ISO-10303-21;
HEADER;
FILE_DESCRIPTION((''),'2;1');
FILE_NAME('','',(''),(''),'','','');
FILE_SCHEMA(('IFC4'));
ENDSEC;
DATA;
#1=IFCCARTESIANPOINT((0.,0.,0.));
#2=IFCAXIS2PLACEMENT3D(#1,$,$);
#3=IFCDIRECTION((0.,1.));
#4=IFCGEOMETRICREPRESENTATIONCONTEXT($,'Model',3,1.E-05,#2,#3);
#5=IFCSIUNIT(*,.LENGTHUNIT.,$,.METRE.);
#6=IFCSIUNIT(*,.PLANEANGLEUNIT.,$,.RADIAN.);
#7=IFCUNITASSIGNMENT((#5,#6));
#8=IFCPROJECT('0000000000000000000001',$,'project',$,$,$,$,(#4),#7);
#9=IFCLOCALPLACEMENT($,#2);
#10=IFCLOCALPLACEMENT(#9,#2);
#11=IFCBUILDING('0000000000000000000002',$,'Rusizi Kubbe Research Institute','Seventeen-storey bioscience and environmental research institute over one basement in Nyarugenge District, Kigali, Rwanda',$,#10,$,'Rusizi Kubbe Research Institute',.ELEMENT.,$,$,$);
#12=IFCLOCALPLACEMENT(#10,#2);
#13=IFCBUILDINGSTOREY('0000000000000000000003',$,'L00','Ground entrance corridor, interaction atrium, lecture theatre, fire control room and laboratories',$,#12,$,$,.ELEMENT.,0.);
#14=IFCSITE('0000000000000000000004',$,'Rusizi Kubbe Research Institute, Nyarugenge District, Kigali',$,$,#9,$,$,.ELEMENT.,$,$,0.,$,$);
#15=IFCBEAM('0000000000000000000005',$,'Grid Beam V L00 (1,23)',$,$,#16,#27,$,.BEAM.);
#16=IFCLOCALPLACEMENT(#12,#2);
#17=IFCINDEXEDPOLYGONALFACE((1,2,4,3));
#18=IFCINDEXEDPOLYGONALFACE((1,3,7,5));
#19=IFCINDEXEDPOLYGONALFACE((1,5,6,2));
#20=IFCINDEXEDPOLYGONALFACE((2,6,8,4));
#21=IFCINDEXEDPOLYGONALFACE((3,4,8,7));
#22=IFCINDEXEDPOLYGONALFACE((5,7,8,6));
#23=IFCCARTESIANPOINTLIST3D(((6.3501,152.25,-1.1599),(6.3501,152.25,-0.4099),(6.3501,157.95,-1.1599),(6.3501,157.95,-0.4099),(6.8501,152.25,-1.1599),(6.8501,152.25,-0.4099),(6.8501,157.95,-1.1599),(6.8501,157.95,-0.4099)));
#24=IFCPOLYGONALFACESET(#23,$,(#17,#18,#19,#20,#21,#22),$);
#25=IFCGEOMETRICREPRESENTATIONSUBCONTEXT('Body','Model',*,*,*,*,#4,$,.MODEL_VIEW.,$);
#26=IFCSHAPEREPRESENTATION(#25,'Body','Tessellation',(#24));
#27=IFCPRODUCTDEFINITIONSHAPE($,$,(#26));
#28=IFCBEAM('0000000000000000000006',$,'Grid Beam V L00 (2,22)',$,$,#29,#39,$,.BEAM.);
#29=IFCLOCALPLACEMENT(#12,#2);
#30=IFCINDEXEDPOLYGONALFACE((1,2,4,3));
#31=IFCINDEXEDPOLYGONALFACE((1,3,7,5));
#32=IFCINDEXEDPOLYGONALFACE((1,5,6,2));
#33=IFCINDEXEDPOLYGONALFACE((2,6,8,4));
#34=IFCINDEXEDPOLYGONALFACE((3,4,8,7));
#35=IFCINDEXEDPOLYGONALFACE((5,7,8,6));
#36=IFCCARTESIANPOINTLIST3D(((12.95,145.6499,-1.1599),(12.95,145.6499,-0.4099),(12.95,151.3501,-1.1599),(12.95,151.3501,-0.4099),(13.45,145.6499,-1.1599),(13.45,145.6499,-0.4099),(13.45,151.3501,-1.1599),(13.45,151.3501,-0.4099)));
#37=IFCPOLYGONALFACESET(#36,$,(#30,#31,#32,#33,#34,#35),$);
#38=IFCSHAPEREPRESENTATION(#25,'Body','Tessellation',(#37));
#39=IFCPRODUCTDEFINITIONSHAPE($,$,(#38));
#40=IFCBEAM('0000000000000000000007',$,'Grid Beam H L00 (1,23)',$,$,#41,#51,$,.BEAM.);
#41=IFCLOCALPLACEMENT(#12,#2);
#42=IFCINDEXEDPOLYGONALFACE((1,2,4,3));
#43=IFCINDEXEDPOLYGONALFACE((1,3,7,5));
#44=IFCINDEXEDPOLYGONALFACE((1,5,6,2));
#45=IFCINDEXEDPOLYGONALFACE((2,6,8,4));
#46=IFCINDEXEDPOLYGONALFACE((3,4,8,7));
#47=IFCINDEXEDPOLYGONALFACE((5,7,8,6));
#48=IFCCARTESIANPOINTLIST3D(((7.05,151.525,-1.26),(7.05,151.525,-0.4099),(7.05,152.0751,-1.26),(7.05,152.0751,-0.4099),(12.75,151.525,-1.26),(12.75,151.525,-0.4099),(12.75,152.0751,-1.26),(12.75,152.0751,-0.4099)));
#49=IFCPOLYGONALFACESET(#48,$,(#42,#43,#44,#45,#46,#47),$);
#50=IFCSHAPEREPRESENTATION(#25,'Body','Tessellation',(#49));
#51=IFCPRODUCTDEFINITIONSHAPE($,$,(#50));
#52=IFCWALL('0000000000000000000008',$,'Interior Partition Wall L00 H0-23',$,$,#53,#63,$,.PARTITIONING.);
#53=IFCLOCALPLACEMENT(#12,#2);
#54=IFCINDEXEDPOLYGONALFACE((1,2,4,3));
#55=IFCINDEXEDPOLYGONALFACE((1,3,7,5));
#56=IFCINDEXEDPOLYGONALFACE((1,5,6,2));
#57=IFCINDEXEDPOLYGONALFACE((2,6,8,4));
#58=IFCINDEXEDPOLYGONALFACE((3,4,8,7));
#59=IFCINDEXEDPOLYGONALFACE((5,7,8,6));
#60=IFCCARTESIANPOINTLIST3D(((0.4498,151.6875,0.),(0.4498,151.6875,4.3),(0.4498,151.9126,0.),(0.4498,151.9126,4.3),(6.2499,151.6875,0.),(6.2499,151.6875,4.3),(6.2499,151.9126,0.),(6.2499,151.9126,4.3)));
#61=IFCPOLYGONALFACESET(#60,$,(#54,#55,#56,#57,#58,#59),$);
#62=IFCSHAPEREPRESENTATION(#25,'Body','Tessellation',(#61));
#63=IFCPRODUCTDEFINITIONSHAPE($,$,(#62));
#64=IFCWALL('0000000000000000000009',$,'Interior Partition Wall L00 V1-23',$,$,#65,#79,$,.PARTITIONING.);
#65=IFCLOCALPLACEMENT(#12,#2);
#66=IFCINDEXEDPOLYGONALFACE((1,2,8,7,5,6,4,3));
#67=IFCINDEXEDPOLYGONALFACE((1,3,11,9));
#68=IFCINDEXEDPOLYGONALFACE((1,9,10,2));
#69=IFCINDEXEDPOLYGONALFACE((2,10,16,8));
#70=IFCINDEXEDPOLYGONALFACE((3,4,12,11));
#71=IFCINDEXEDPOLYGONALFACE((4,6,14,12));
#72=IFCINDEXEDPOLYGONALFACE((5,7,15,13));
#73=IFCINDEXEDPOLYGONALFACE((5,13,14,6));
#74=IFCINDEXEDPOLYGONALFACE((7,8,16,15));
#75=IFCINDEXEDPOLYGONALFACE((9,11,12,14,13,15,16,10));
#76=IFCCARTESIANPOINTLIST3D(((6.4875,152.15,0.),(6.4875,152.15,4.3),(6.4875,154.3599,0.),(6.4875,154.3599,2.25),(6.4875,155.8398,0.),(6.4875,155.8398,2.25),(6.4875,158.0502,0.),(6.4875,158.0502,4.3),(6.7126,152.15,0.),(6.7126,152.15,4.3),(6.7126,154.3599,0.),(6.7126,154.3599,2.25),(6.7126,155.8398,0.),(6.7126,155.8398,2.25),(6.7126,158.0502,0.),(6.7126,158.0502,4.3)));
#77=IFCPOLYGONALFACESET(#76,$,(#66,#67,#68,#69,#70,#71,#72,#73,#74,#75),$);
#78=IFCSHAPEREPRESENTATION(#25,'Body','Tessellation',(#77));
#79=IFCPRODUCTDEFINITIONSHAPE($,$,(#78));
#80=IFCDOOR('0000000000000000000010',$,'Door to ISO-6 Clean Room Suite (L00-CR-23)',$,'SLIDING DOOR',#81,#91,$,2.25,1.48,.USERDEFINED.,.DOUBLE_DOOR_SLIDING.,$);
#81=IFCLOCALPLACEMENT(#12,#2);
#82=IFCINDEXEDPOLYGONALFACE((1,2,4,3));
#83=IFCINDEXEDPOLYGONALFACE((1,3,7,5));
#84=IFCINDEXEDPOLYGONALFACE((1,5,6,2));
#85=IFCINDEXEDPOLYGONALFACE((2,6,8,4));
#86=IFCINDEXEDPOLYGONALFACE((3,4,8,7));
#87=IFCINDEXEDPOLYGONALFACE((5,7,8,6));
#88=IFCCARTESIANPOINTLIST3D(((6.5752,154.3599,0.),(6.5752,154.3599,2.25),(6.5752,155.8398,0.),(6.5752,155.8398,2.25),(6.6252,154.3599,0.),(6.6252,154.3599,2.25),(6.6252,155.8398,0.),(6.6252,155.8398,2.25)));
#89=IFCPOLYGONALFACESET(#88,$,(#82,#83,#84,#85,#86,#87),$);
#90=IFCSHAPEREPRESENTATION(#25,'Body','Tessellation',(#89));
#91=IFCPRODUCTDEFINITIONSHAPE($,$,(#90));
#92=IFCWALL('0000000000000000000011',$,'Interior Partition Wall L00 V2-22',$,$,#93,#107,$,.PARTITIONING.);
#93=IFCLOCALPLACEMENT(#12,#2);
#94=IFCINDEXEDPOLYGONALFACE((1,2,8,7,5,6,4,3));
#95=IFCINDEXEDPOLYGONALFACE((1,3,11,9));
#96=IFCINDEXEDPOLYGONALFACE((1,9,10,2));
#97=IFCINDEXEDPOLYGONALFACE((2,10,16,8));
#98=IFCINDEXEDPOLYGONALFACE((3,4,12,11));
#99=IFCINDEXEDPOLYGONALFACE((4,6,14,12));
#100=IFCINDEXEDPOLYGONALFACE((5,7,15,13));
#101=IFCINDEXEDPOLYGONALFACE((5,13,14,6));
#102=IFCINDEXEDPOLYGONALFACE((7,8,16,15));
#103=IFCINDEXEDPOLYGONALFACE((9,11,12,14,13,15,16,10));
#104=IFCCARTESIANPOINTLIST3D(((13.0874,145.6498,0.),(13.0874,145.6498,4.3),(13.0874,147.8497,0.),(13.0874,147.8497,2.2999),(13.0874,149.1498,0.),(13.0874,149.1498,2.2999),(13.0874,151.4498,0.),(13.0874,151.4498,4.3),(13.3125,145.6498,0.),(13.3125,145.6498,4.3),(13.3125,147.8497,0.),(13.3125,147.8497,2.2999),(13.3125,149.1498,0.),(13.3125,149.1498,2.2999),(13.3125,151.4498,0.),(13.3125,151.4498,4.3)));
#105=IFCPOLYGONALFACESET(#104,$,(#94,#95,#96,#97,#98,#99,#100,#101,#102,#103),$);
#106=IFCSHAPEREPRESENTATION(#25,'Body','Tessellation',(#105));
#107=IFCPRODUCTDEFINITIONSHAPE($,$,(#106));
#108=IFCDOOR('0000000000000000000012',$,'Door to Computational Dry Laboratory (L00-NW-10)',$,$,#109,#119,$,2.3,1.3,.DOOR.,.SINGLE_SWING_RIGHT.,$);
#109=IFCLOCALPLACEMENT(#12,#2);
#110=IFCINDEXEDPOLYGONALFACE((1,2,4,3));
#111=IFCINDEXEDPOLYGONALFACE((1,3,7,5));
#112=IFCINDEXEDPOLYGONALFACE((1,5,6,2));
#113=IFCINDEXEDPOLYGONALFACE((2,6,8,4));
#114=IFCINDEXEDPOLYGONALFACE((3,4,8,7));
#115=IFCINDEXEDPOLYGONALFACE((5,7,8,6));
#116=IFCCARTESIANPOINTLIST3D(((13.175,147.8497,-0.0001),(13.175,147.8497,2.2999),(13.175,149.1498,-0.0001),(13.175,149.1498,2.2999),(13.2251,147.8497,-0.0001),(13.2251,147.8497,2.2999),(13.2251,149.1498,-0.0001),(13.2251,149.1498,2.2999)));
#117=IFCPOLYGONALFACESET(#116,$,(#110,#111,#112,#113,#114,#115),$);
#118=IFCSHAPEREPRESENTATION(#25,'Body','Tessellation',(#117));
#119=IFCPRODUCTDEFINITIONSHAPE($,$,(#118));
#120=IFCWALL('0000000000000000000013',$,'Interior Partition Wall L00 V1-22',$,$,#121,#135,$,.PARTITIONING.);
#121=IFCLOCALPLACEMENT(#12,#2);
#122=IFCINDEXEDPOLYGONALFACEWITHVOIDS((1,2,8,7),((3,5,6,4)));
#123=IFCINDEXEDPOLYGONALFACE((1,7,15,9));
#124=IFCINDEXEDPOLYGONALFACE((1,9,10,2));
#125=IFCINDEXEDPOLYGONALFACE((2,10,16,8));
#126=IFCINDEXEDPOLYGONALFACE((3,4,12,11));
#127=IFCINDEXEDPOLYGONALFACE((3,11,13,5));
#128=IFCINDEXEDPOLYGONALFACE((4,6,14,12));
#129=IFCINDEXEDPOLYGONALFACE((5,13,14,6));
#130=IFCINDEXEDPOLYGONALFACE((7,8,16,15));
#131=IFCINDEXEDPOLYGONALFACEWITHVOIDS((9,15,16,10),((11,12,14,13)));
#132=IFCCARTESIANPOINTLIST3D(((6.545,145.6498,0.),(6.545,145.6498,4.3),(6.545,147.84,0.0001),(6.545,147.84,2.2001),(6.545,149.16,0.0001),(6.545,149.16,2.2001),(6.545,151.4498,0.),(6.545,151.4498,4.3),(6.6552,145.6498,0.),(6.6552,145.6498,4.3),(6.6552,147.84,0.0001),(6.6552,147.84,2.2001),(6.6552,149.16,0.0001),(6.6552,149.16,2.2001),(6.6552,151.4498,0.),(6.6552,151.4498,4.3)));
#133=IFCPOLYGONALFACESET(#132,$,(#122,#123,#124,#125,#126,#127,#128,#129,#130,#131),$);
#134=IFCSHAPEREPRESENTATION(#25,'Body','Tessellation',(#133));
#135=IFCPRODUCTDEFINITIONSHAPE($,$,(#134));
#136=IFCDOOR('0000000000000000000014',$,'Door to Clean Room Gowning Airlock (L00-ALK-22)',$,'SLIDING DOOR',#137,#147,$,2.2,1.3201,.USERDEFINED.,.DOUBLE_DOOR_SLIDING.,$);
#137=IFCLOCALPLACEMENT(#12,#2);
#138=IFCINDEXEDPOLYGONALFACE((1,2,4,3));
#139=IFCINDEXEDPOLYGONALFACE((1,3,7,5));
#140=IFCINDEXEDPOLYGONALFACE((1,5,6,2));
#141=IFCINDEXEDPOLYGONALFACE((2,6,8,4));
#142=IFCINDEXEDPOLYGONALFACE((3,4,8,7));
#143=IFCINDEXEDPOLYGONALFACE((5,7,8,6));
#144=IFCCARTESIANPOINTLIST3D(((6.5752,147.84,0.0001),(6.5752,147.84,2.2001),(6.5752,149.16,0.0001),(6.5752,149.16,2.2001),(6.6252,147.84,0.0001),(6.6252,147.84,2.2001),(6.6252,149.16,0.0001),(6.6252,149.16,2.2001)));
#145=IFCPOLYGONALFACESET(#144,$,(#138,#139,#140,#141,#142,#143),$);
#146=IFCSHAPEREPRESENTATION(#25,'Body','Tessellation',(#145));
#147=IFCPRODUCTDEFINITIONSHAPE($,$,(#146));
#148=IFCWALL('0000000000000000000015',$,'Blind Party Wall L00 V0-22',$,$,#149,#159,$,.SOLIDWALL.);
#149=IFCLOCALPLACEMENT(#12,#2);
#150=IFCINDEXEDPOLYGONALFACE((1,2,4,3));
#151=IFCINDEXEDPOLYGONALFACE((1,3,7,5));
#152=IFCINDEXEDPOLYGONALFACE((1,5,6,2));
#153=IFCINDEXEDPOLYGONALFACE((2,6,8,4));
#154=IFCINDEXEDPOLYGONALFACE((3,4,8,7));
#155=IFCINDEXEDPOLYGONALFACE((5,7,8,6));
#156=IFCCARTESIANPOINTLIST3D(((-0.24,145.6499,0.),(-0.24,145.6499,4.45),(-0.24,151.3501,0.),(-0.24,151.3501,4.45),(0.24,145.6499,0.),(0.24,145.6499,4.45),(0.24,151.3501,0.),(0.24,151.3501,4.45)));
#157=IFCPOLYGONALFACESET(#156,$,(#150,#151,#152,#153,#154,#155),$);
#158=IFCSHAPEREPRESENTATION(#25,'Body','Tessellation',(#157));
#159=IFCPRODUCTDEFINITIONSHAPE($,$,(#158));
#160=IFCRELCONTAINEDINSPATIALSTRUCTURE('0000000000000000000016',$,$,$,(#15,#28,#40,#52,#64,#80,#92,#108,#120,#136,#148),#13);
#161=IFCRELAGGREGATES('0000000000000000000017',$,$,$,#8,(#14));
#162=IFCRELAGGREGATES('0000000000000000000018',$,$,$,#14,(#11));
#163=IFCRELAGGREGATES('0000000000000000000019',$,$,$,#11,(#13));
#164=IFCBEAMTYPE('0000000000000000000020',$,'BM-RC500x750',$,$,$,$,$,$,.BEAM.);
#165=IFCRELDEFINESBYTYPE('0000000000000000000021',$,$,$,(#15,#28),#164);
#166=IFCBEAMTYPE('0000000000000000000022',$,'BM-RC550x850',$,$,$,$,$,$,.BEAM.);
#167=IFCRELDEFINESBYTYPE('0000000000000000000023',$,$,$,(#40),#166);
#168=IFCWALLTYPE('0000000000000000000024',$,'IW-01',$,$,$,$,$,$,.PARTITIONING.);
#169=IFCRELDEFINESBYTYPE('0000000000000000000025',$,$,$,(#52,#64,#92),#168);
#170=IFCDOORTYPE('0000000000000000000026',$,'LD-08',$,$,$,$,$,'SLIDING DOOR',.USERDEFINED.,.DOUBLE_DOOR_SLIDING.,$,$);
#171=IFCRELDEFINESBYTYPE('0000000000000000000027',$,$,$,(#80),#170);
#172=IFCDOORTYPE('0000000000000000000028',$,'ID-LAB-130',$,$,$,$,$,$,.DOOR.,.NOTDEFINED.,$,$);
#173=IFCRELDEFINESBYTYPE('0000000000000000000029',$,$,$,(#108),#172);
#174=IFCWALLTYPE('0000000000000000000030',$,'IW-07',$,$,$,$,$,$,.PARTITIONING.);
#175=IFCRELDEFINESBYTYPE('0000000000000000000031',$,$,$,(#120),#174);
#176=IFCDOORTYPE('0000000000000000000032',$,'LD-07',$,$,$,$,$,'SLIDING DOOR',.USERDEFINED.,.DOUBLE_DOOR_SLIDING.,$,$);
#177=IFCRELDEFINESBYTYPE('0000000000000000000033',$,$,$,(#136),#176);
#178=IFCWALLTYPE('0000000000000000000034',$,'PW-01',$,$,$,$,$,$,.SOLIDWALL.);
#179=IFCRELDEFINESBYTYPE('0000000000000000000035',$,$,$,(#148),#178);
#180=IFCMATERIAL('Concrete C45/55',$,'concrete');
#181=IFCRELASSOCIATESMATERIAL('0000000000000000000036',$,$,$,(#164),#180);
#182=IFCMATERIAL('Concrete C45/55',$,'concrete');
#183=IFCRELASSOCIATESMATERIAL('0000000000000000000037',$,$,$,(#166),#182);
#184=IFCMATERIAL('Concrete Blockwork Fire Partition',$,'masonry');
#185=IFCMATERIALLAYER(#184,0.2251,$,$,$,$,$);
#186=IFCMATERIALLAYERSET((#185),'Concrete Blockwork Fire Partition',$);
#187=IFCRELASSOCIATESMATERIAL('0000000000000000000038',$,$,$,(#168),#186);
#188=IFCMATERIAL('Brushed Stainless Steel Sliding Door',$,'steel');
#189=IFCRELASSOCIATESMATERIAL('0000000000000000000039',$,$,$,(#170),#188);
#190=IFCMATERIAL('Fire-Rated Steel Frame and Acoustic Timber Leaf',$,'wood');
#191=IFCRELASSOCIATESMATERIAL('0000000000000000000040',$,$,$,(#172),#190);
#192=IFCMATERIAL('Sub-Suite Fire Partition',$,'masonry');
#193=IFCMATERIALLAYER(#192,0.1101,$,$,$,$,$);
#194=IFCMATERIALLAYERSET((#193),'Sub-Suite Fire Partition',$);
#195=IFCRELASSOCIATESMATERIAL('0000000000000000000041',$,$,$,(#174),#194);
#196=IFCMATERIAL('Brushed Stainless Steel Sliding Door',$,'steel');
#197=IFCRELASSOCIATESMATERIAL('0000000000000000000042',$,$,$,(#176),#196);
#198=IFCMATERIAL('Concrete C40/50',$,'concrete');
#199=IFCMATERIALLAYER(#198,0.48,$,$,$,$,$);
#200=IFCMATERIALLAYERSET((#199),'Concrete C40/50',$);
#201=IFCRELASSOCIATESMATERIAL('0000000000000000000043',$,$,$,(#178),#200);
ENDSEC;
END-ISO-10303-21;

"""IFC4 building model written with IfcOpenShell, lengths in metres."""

from ifc_helpers import new_model, si_unit, direction, frame, frame_2d, origin, origin_2d, place, context, subcontext, project, spatial, rectangle, extrude, material, layer, layer_set, material_profile, profile_set, type_object, element, fill, save


model = new_model("IFC4")

# Units and contexts
model_context = context("Model", 3, precision=1e-05, world=origin(), true_north=direction((0.0, 1.0)))
body_context = subcontext(model_context, "Body", "Model", "MODEL_VIEW")
ifc_project = project(units=[si_unit("LENGTHUNIT", "METRE"), si_unit("PLANEANGLEUNIT", "RADIAN")], contexts=[model_context])

# Site, building, storey
site_placement = place(None, origin())
site = spatial("IfcSite", under=ifc_project, at=site_placement, Name="Rusizi Kubbe Research Institute, Nyarugenge District, Kigali", CompositionType="ELEMENT", RefElevation=0.0)
building_placement = place(site_placement, origin())
building = spatial("IfcBuilding", under=site, at=building_placement, Name="Rusizi Kubbe Research Institute", Description="Seventeen-storey bioscience and environmental research institute over one basement in Nyarugenge District, Kigali, Rwanda", LongName="Rusizi Kubbe Research Institute", CompositionType="ELEMENT")
storey_placement = place(building_placement, origin())
storey = spatial("IfcBuildingStorey", under=building, at=storey_placement, Name="L00", Description="Ground entrance corridor, interaction atrium, lecture theatre, fire control room and laboratories", CompositionType="ELEMENT", Elevation=0.0)

# Beams
ifc_material_1 = material(Name="Concrete C45/55", Category="concrete")
ifc_material_profile_1 = material_profile(ifc_material_1, rectangle(XDim=0.5, YDim=0.75, at=origin_2d()), Name="RC500x750B")
ifc_profile_set_1 = profile_set([ifc_material_profile_1], Name="Concrete C45/55")
beam_type_1 = type_object("IfcBeamType", Name="BM-RC500x750", PredefinedType="BEAM", material=ifc_profile_set_1)
beam_1_placement = place(storey_placement, frame((6.6001, 152.25, -0.7849), z_axis=(0.0, 1.0, 0.0), x_axis=(-1.0, 0.0, 0.0)))
element("IfcBeam", 1, at=beam_1_placement, inside=storey, type_object=beam_type_1, Name="Grid Beam V L00 (1,23)", PredefinedType="BEAM", context=body_context, shape_type="SweptSolid", body=[
    extrude(rectangle(XDim=0.5, YDim=0.75, at=origin_2d()), origin(), (0.0, 0.0, 1.0), 5.7),
])
beam_2_placement = place(storey_placement, frame((13.2, 145.6499, -0.7849), z_axis=(0.0, 1.0, 0.0), x_axis=(-1.0, 0.0, 0.0)))
element("IfcBeam", 2, at=beam_2_placement, inside=storey, type_object=beam_type_1, Name="Grid Beam V L00 (2,22)", PredefinedType="BEAM", context=body_context, shape_type="SweptSolid", body=[
    extrude(rectangle(XDim=0.5, YDim=0.75, at=origin_2d()), origin(), (0.0, 0.0, 1.0), 5.7002),
])
ifc_material_2 = material(Name="Concrete C45/55", Category="concrete")
ifc_material_profile_2 = material_profile(ifc_material_2, rectangle(XDim=0.55, YDim=0.8501, at=origin_2d()), Name="RC550x850")
ifc_profile_set_2 = profile_set([ifc_material_profile_2], Name="Concrete C45/55")
beam_type_2 = type_object("IfcBeamType", Name="BM-RC550x850", PredefinedType="BEAM", material=ifc_profile_set_2)
beam_3_placement = place(storey_placement, frame((7.05, 151.8, -0.835), z_axis=(1.0, 0.0, 0.0), x_axis=(0.0, 1.0, 0.0)))
element("IfcBeam", 3, at=beam_3_placement, inside=storey, type_object=beam_type_2, Name="Grid Beam H L00 (1,23)", PredefinedType="BEAM", context=body_context, shape_type="SweptSolid", body=[
    extrude(rectangle(XDim=0.55, YDim=0.8501, at=origin_2d()), origin(), (0.0, 0.0, 1.0), 5.7),
])

# Wall
ifc_material_3 = material(Name="Concrete Blockwork Fire Partition", Category="masonry")
ifc_layer_1 = layer(ifc_material_3, 0.2251)
ifc_layer_set_1 = layer_set([ifc_layer_1], Name="Concrete Blockwork Fire Partition")
wall_type_1 = type_object("IfcWallType", Name="IW-01", PredefinedType="PARTITIONING", material=ifc_layer_set_1)
wall_1_placement = place(storey_placement, frame((0.45, 151.8, 0.0), z_axis=(0.0, 0.0, 1.0), x_axis=(1.0, 0.0, 0.0)))
element("IfcWall", 4, at=wall_1_placement, inside=storey, type_object=wall_type_1, Name="Interior Partition Wall L00 H0-23", PredefinedType="PARTITIONING", context=body_context, shape_type="SweptSolid", body=[
    extrude(rectangle(XDim=5.8, YDim=0.2251, at=frame_2d((2.8999, 0.0))), origin(), (0.0, 0.0, 1.0), 4.3),
])

# Walls, openings, doors
wall_2_placement = place(storey_placement, frame((6.6001, 152.1499, 0.0), z_axis=(0.0, 0.0, 1.0), x_axis=(0.0, 1.0, 0.0)))
wall_2 = element("IfcWall", 5, at=wall_2_placement, inside=storey, type_object=wall_type_1, Name="Interior Partition Wall L00 V1-23", PredefinedType="PARTITIONING", context=body_context, shape_type="SweptSolid", body=[
    extrude(rectangle(XDim=5.9001, YDim=0.2251, at=frame_2d((2.9502, 0.0))), origin(), (0.0, 0.0, 1.0), 4.3),
])
opening_1_placement = place(wall_2_placement, frame((2.21, 0.0, 0.0)))
opening_1 = element("IfcOpeningElement", 6, at=opening_1_placement, cuts=wall_2, PredefinedType="OPENING", context=body_context, shape_type="SweptSolid", body=[
    extrude(rectangle(XDim=1.48, YDim=2.25, at=frame_2d((0.74, 1.125))), frame((0.0, 0.1226, 0.0), z_axis=(0.0, -1.0, 0.0), x_axis=(1.0, 0.0, 0.0)), (0.0, 0.0, 1.0), 0.2451),
])
ifc_material_4 = material(Name="Brushed Stainless Steel Sliding Door", Category="steel")
door_type_1 = type_object("IfcDoorType", Name="LD-08", ElementType="SLIDING DOOR", OperationType="DOUBLE_DOOR_SLIDING", PredefinedType="USERDEFINED", material=ifc_material_4)
door_1_placement = place(opening_1_placement, origin())
door_1 = element("IfcDoor", 7, at=door_1_placement, inside=storey, type_object=door_type_1, Name="Door to ISO-6 Clean Room Suite (L00-CR-23)", ObjectType="SLIDING DOOR", OperationType="DOUBLE_DOOR_SLIDING", OverallHeight=2.25, OverallWidth=1.48, PredefinedType="USERDEFINED", context=body_context, shape_type="SweptSolid", body=[
    extrude(rectangle(XDim=1.48, YDim=2.25, at=frame_2d((0.74, 1.125))), frame((0.0, 0.0249, 0.0), z_axis=(0.0, -1.0, 0.0), x_axis=(1.0, 0.0, 0.0)), (0.0, 0.0, 1.0), 0.05),
])
fill(opening_1, door_1)
wall_3_placement = place(storey_placement, frame((13.2, 145.6499, 0.0), z_axis=(0.0, 0.0, 1.0), x_axis=(0.0, 1.0, 0.0)))
wall_3 = element("IfcWall", 8, at=wall_3_placement, inside=storey, type_object=wall_type_1, Name="Interior Partition Wall L00 V2-22", PredefinedType="PARTITIONING", context=body_context, shape_type="SweptSolid", body=[
    extrude(rectangle(XDim=5.8, YDim=0.2251, at=frame_2d((2.8999, 0.0))), origin(), (0.0, 0.0, 1.0), 4.3),
])
opening_2_placement = place(wall_3_placement, frame((2.2, 0.0, 0.0)))
opening_2 = element("IfcOpeningElement", 9, at=opening_2_placement, cuts=wall_3, PredefinedType="OPENING", context=body_context, shape_type="SweptSolid", body=[
    extrude(rectangle(XDim=1.3, YDim=2.3, at=frame_2d((0.6499, 1.1499))), frame((0.0, 0.1226, 0.0), z_axis=(0.0, -1.0, 0.0), x_axis=(1.0, 0.0, 0.0)), (0.0, 0.0, 1.0), 0.2451),
])
ifc_material_5 = material(Name="Fire-Rated Steel Frame and Acoustic Timber Leaf", Category="wood")
door_type_2 = type_object("IfcDoorType", Name="ID-LAB-130", OperationType="NOTDEFINED", PredefinedType="DOOR", material=ifc_material_5)
door_2_placement = place(opening_2_placement, origin())
door_2 = element("IfcDoor", 10, at=door_2_placement, inside=storey, type_object=door_type_2, Name="Door to Computational Dry Laboratory (L00-NW-10)", OperationType="SINGLE_SWING_RIGHT", OverallHeight=2.3, OverallWidth=1.3, PredefinedType="DOOR", context=body_context, shape_type="SweptSolid", body=[
    extrude(rectangle(XDim=1.3, YDim=2.3, at=frame_2d((0.6499, 1.1499))), frame((0.0, 0.0249, 0.0), z_axis=(0.0, -1.0, 0.0), x_axis=(1.0, 0.0, 0.0)), (0.0, 0.0, 1.0), 0.05),
])
fill(opening_2, door_2)
ifc_material_6 = material(Name="Sub-Suite Fire Partition", Category="masonry")
ifc_layer_2 = layer(ifc_material_6, 0.1101)
ifc_layer_set_2 = layer_set([ifc_layer_2], Name="Sub-Suite Fire Partition")
wall_type_2 = type_object("IfcWallType", Name="IW-07", PredefinedType="PARTITIONING", material=ifc_layer_set_2)
wall_4_placement = place(storey_placement, frame((6.6001, 145.6499, 0.0), z_axis=(0.0, 0.0, 1.0), x_axis=(0.0, 1.0, 0.0)))
wall_4 = element("IfcWall", 11, at=wall_4_placement, inside=storey, type_object=wall_type_2, Name="Interior Partition Wall L00 V1-22", PredefinedType="PARTITIONING", context=body_context, shape_type="SweptSolid", body=[
    extrude(rectangle(XDim=5.8, YDim=0.1101, at=frame_2d((2.8999, 0.0))), origin(), (0.0, 0.0, 1.0), 4.3),
])
opening_3_placement = place(wall_4_placement, frame((2.1899, 0.0, 0.0)))
opening_3 = element("IfcOpeningElement", 12, at=opening_3_placement, cuts=wall_4, PredefinedType="OPENING", context=body_context, shape_type="SweptSolid", body=[
    extrude(rectangle(XDim=1.3201, YDim=2.2, at=frame_2d((0.6602, 1.1001))), frame((0.0, 0.0649, 0.0), z_axis=(0.0, -1.0, 0.0), x_axis=(1.0, 0.0, 0.0)), (0.0, 0.0, 1.0), 0.1301),
])
ifc_material_7 = material(Name="Brushed Stainless Steel Sliding Door", Category="steel")
door_type_3 = type_object("IfcDoorType", Name="LD-07", ElementType="SLIDING DOOR", OperationType="DOUBLE_DOOR_SLIDING", PredefinedType="USERDEFINED", material=ifc_material_7)
door_3_placement = place(opening_3_placement, origin())
door_3 = element("IfcDoor", 13, at=door_3_placement, inside=storey, type_object=door_type_3, Name="Door to Clean Room Gowning Airlock (L00-ALK-22)", ObjectType="SLIDING DOOR", OperationType="DOUBLE_DOOR_SLIDING", OverallHeight=2.2, OverallWidth=1.3201, PredefinedType="USERDEFINED", context=body_context, shape_type="SweptSolid", body=[
    extrude(rectangle(XDim=1.3201, YDim=2.2, at=frame_2d((0.6602, 1.1001))), frame((0.0, 0.0249, 0.0), z_axis=(0.0, -1.0, 0.0), x_axis=(1.0, 0.0, 0.0)), (0.0, 0.0, 1.0), 0.05),
])
fill(opening_3, door_3)

# Wall
ifc_material_8 = material(Name="Concrete C40/50", Category="concrete")
ifc_layer_3 = layer(ifc_material_8, 0.48)
ifc_layer_set_3 = layer_set([ifc_layer_3], Name="Concrete C40/50")
wall_type_3 = type_object("IfcWallType", Name="PW-01", PredefinedType="SOLIDWALL", material=ifc_layer_set_3)
wall_5_placement = place(storey_placement, frame((0.0, 145.6499, 0.0), z_axis=(0.0, 0.0, 1.0), x_axis=(0.0, 1.0, 0.0)))
element("IfcWall", 14, at=wall_5_placement, inside=storey, type_object=wall_type_3, Name="Blind Party Wall L00 V0-22", PredefinedType="SOLIDWALL", context=body_context, shape_type="SweptSolid", body=[
    extrude(rectangle(XDim=5.7002, YDim=0.48, at=frame_2d((2.8501, 0.0))), origin(), (0.0, 0.0, 1.0), 4.45),
])

save(model, "model.ifc")
